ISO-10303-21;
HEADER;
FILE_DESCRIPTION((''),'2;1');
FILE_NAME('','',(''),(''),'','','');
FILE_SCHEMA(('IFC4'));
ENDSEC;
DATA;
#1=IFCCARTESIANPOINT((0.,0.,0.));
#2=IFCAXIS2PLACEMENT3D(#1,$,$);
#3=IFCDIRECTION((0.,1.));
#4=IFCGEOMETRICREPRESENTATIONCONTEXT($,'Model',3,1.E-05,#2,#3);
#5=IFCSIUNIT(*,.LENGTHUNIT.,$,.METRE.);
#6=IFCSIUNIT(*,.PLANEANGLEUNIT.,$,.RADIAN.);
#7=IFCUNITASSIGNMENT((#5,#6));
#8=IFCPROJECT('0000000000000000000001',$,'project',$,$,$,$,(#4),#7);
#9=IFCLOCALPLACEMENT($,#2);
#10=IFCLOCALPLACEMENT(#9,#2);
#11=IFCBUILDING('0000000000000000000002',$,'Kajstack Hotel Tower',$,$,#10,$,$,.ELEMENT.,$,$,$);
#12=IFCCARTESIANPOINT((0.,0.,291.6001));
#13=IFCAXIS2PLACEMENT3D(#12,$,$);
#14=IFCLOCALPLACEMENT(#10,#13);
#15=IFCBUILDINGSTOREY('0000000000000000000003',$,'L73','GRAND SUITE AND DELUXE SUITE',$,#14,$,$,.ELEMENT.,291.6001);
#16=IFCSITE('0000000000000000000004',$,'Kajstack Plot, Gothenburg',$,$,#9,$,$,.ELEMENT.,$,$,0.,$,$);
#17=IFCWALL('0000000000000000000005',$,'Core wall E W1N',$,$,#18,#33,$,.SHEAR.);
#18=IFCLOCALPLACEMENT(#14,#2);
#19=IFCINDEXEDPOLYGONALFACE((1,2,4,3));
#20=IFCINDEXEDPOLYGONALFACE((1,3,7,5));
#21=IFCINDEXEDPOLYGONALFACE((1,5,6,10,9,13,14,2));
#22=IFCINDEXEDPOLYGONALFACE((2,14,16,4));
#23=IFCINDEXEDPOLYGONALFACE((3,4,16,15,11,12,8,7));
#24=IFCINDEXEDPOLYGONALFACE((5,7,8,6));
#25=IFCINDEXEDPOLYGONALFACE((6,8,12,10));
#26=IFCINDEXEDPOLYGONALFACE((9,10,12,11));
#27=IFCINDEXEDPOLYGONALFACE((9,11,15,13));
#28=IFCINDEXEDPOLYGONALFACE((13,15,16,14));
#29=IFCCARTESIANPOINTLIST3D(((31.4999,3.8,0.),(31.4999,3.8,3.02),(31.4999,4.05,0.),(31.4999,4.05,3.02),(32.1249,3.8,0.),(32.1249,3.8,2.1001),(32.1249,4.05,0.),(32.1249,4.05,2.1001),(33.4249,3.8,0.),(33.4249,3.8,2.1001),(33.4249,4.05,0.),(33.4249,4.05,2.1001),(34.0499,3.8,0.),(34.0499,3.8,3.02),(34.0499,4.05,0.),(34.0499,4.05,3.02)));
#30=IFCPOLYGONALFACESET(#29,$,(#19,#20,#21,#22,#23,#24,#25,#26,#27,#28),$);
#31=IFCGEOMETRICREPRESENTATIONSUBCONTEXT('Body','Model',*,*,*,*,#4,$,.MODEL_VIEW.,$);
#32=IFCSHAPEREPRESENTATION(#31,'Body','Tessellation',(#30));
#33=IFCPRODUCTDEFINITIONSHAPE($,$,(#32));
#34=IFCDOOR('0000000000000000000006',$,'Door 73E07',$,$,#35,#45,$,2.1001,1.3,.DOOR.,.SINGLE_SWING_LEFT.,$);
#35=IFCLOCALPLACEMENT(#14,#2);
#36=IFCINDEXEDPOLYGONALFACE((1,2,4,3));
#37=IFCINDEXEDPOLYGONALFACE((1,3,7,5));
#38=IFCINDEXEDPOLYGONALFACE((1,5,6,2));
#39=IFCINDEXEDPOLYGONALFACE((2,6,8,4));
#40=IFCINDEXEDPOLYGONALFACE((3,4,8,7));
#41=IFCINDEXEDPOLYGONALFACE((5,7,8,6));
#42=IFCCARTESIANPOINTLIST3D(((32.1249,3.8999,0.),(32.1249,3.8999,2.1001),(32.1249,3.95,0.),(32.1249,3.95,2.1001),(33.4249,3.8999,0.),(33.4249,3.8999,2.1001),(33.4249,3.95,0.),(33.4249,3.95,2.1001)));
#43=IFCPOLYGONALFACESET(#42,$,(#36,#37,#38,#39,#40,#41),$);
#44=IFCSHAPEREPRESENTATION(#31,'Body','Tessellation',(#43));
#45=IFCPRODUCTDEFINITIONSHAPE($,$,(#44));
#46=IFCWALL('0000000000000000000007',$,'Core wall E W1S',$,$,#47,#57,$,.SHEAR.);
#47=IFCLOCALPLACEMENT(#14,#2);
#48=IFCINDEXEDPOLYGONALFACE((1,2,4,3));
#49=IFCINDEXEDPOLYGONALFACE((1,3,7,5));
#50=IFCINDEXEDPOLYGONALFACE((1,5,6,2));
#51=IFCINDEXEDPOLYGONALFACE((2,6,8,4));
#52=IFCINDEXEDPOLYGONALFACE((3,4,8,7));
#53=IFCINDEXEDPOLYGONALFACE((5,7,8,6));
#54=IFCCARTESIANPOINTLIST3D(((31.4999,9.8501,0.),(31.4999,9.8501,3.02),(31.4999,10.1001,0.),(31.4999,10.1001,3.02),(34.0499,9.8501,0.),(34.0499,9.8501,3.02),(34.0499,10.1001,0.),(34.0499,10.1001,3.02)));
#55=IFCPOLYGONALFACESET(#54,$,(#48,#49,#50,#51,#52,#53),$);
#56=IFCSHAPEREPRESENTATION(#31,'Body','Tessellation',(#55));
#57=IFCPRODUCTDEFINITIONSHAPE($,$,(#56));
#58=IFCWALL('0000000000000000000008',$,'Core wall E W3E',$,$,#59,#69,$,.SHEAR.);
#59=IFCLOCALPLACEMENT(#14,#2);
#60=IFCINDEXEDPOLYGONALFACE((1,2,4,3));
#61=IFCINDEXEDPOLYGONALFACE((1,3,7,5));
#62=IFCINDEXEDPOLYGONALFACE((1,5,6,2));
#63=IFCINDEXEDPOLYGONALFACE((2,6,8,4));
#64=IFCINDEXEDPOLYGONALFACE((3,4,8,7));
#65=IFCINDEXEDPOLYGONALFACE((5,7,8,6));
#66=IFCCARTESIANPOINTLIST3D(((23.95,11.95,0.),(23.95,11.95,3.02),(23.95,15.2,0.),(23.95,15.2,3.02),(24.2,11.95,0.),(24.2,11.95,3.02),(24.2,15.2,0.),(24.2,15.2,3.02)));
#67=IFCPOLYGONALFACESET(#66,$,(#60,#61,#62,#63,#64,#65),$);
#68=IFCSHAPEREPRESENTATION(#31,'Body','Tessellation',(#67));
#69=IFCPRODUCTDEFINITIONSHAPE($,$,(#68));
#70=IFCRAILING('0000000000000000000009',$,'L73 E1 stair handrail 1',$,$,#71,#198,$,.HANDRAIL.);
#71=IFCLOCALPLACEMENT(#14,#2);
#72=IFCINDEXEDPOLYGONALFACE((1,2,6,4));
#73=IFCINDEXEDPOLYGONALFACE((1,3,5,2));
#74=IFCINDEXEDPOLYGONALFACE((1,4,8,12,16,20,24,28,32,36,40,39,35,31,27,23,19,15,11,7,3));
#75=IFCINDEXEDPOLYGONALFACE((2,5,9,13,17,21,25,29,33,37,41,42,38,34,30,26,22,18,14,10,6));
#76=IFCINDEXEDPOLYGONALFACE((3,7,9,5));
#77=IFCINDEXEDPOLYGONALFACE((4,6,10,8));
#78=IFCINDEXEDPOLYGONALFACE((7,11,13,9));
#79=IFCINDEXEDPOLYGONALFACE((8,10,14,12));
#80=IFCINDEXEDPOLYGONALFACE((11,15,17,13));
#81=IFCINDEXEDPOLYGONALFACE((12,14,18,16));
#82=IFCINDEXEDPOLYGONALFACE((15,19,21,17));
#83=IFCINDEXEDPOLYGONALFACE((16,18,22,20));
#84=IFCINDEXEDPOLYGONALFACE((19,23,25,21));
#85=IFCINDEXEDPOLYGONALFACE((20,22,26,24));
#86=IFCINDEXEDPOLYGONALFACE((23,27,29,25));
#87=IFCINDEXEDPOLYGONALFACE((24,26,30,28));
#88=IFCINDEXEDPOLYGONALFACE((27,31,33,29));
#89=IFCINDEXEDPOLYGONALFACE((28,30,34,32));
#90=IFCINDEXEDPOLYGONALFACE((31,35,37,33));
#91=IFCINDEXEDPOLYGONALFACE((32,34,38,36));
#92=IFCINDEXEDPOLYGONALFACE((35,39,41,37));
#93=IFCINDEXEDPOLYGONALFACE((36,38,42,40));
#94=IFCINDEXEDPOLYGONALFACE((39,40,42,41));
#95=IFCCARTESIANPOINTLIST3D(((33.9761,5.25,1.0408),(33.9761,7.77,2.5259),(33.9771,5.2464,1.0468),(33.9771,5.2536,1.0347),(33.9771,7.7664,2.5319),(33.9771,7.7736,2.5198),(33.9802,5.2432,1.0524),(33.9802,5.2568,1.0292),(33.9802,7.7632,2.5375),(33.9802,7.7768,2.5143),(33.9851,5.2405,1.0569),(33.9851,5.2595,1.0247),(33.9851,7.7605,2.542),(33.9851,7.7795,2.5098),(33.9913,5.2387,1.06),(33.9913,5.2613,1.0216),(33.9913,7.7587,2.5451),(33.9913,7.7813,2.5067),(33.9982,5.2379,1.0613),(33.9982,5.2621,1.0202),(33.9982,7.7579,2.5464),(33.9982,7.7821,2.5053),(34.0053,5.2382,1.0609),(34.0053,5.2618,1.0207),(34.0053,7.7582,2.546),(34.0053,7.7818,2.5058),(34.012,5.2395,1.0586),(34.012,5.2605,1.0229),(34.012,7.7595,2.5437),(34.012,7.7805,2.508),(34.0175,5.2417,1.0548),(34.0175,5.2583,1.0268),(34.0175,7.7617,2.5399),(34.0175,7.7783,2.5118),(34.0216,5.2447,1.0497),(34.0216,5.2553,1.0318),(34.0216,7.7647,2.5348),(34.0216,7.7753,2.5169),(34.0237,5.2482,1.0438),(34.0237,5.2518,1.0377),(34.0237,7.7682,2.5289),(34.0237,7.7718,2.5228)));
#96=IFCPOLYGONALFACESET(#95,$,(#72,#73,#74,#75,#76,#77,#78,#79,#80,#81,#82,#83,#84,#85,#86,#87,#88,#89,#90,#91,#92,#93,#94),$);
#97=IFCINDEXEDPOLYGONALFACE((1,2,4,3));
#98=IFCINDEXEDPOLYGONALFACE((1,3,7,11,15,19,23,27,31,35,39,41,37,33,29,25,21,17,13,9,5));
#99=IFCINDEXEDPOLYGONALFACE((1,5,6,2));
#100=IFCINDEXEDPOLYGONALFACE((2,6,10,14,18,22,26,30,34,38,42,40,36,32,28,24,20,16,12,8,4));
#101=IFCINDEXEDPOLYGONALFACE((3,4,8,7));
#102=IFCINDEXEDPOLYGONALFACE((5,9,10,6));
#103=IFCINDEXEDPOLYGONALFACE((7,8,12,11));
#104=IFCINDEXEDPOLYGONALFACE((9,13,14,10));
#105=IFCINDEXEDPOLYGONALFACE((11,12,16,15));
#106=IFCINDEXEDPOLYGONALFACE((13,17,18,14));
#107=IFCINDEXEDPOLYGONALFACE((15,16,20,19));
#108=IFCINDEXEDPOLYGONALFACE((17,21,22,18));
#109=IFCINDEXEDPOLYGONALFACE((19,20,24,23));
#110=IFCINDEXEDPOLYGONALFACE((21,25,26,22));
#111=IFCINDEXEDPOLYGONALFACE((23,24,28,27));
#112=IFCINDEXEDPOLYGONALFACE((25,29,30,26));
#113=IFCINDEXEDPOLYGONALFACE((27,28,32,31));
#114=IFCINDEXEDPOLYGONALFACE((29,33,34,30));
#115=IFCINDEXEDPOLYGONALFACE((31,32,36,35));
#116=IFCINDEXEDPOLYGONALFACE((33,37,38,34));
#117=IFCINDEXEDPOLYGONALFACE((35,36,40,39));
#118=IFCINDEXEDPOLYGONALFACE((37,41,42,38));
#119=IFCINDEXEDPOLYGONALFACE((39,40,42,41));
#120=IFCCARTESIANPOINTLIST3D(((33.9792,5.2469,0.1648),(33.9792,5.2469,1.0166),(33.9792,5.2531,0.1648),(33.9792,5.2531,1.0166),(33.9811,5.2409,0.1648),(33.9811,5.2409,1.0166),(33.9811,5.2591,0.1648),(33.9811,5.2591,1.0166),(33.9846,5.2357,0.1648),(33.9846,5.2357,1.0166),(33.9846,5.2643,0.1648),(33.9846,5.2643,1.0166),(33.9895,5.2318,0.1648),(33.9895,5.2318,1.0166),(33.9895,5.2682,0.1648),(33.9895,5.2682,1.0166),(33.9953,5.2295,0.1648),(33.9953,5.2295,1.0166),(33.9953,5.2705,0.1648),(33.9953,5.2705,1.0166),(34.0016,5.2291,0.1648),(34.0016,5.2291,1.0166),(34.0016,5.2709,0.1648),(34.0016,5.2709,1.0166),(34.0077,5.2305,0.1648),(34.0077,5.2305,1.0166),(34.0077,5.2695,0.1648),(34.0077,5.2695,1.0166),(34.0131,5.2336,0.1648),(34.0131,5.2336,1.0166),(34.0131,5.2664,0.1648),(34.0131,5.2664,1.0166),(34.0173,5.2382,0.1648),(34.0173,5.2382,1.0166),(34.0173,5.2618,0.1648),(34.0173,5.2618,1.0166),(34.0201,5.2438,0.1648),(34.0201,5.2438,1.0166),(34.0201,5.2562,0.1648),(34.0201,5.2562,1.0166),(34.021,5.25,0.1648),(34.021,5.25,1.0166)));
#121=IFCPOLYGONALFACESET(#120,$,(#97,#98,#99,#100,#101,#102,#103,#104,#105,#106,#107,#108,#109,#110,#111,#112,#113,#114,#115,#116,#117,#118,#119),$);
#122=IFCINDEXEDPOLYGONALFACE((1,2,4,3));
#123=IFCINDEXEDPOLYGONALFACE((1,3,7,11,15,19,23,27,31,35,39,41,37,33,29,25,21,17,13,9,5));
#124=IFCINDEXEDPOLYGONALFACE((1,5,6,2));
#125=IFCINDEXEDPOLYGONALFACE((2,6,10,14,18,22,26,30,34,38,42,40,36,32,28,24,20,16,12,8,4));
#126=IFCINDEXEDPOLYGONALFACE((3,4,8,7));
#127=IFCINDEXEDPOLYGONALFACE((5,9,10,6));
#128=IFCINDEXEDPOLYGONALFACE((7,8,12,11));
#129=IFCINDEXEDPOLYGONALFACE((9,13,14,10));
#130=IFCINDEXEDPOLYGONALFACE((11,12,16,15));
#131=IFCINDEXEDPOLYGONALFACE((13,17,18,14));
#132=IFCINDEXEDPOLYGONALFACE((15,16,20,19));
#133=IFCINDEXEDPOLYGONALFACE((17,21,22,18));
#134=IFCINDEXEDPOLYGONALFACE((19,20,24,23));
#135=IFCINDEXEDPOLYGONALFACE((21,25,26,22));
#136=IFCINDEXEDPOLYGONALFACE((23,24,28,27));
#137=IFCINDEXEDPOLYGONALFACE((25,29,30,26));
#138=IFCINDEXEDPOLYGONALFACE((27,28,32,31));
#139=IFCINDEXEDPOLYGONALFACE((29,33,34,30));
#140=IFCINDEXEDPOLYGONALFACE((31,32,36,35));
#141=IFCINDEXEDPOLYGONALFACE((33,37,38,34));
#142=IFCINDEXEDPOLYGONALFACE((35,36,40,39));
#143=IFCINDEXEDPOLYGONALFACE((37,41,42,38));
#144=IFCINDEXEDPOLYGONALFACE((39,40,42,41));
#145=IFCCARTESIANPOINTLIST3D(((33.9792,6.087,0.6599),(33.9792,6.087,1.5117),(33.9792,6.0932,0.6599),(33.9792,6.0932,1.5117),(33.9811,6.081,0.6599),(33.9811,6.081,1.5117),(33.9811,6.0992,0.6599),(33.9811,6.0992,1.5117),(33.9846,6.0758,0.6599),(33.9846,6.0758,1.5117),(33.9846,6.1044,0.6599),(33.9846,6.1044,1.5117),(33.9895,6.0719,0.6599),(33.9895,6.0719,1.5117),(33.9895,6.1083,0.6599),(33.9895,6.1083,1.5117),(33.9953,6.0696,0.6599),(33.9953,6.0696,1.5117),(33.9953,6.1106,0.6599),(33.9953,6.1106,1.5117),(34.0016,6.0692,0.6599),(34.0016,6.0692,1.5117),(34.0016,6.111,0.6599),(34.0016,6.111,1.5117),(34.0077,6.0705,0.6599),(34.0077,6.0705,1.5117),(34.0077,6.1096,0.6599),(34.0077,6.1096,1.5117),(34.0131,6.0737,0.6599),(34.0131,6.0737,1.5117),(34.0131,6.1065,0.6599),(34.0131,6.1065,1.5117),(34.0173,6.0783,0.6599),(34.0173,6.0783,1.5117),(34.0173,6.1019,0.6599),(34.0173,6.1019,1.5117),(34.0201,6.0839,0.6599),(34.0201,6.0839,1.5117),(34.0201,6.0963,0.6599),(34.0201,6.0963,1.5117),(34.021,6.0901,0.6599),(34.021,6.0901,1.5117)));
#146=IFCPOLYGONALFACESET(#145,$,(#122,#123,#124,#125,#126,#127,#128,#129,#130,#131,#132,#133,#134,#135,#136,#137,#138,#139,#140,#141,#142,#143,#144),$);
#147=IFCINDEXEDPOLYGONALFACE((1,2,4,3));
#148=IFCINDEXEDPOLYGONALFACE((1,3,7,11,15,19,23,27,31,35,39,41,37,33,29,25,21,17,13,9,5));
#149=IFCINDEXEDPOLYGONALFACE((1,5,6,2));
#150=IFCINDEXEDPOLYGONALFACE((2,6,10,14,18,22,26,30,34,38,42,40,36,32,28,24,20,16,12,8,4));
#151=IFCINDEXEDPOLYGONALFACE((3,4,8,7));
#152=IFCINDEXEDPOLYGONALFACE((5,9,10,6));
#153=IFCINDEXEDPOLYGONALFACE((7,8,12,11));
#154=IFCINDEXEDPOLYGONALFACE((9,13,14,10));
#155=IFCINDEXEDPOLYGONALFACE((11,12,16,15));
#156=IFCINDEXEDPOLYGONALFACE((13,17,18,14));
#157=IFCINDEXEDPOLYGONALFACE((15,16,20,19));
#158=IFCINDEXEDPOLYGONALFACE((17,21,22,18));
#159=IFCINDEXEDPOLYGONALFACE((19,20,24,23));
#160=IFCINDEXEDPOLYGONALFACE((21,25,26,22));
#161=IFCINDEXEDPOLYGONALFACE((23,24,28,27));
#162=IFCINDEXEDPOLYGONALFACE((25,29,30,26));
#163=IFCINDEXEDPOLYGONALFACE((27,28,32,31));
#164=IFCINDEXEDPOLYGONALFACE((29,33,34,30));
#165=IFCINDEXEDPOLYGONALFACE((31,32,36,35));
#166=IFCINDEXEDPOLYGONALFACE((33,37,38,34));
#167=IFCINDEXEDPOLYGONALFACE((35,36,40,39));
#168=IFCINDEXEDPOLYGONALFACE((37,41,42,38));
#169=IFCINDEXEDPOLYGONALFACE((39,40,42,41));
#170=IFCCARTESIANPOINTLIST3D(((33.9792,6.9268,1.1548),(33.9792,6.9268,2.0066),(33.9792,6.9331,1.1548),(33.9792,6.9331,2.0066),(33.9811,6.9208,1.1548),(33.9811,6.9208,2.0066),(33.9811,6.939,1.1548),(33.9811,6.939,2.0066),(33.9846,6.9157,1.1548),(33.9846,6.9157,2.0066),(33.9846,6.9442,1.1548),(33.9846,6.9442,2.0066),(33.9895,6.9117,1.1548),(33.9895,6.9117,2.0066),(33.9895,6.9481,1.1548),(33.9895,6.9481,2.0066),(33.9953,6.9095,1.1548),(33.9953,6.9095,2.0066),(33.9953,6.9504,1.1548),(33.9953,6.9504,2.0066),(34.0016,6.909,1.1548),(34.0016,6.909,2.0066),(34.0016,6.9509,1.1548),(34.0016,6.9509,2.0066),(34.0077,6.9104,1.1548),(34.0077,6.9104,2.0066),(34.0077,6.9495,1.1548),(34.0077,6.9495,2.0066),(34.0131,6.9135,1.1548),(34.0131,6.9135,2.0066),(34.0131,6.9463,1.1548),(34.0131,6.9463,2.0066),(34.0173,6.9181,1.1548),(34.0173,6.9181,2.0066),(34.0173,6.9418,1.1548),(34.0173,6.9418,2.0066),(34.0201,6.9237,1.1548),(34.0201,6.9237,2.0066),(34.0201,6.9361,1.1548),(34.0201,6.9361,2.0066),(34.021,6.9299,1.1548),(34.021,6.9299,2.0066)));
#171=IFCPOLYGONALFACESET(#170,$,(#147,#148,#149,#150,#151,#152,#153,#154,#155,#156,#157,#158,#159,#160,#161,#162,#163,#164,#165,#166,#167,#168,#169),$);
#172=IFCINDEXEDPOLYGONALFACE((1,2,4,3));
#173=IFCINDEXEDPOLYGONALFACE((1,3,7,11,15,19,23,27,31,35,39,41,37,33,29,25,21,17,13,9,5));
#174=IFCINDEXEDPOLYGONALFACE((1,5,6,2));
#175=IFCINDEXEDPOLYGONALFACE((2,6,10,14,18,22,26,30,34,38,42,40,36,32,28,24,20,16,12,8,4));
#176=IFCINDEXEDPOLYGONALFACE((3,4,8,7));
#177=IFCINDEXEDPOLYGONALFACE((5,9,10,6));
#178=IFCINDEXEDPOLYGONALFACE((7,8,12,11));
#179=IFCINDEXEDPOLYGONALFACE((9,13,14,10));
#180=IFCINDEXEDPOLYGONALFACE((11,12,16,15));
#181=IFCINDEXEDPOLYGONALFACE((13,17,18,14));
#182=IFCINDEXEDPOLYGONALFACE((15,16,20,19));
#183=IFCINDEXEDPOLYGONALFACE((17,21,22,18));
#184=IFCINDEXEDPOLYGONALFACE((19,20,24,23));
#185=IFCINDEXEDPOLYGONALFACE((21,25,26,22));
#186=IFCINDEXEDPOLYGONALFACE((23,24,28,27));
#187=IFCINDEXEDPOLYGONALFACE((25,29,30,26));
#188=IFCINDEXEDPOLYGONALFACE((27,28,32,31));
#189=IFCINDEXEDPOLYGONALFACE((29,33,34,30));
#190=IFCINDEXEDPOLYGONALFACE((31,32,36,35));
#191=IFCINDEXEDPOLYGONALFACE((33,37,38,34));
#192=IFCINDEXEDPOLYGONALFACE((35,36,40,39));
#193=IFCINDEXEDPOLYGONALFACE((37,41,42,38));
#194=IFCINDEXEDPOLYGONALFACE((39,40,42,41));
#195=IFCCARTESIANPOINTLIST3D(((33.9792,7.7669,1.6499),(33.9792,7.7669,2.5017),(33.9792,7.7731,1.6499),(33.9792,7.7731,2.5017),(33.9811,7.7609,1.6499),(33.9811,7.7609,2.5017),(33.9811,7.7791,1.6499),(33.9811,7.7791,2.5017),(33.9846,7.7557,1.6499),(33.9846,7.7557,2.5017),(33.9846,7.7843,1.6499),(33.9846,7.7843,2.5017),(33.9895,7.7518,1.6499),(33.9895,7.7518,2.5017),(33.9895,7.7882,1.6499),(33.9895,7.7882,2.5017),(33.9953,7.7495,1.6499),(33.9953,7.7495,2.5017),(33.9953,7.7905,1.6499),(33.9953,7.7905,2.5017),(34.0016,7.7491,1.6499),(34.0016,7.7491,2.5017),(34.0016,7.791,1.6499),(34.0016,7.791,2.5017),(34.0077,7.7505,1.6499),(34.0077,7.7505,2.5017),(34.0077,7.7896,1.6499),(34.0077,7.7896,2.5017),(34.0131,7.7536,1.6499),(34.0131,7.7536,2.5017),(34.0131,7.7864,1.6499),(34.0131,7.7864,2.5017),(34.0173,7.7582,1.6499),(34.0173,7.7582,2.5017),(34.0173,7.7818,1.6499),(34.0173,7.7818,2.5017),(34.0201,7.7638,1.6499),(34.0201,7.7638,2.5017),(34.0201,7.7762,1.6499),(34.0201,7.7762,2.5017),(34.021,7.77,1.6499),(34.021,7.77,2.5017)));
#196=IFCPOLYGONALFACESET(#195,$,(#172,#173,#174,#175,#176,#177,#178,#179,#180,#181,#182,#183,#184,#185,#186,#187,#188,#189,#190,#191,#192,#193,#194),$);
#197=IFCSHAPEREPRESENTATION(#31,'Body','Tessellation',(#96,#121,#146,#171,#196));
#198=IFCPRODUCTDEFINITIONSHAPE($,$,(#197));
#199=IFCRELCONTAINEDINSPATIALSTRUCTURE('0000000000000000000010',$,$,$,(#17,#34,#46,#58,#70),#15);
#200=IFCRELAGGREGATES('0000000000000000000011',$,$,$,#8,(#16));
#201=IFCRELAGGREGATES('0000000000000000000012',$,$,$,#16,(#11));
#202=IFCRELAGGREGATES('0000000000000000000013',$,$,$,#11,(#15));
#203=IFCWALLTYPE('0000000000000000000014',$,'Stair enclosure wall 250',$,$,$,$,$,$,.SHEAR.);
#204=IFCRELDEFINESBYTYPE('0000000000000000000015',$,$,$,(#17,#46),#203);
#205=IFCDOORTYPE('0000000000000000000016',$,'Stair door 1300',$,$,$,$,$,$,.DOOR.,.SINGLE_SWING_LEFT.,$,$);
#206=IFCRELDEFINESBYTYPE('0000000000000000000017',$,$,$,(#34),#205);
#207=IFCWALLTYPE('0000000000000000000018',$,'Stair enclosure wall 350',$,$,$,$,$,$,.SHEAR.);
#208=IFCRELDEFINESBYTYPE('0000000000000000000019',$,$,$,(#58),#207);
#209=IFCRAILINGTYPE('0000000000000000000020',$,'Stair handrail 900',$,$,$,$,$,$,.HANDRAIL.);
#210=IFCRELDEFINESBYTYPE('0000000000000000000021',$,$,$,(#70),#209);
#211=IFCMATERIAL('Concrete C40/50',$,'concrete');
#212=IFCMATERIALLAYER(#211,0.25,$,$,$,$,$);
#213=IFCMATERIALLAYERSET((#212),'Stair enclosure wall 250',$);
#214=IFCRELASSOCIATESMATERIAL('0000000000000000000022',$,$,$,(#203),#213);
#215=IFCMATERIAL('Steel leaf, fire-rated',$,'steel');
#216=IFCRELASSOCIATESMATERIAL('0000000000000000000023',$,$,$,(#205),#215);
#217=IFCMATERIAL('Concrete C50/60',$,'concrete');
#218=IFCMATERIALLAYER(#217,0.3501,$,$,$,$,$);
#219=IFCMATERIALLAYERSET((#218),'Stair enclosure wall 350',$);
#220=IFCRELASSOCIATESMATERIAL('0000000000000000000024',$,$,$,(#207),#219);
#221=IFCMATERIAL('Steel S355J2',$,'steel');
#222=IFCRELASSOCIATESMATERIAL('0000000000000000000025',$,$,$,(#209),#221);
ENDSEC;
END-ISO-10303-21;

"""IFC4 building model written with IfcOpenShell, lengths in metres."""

from ifc_helpers import new_model, si_unit, direction, frame, frame_2d, origin, origin_2d, place, context, subcontext, project, spatial, rectangle, circle, extrude, material, layer, layer_set, type_object, element, fill, save


model = new_model("IFC4")

# Units and contexts
model_context = context("Model", 3, precision=1e-05, world=origin(), true_north=direction((0.0, 1.0)))
body_context = subcontext(model_context, "Body", "Model", "MODEL_VIEW")
ifc_project = project(units=[si_unit("LENGTHUNIT", "METRE"), si_unit("PLANEANGLEUNIT", "RADIAN")], contexts=[model_context])

# Site, building, storey
site_placement = place(None, origin())
site = spatial("IfcSite", under=ifc_project, at=site_placement, Name="Kajstack Plot, Gothenburg", CompositionType="ELEMENT", RefElevation=0.0)
building_placement = place(site_placement, origin())
building = spatial("IfcBuilding", under=site, at=building_placement, Name="Kajstack Hotel Tower", CompositionType="ELEMENT")
storey_placement = place(building_placement, frame((0.0, 0.0, 291.6001)))
storey = spatial("IfcBuildingStorey", under=building, at=storey_placement, Name="L73", Description="GRAND SUITE AND DELUXE SUITE", CompositionType="ELEMENT", Elevation=291.6001)

# Shared definitions
ifc_material_1 = material(Name="Concrete C40/50", Category="concrete")

# Wall, opening, door
ifc_layer_1 = layer(ifc_material_1, 0.25)
ifc_layer_set_1 = layer_set([ifc_layer_1], Name="Stair enclosure wall 250")
wall_type_1 = type_object("IfcWallType", Name="Stair enclosure wall 250", PredefinedType="SHEAR", material=ifc_layer_set_1)
wall_1_placement = place(storey_placement, frame((31.5, 3.925, 0.0), z_axis=(0.0, 0.0, 1.0), x_axis=(1.0, 0.0, 0.0)))
wall_1 = element("IfcWall", 1, at=wall_1_placement, inside=storey, type_object=wall_type_1, Name="Core wall E W1N", PredefinedType="SHEAR", context=body_context, shape_type="SweptSolid", body=[
    extrude(rectangle(XDim=2.55, YDim=0.25, at=frame_2d((1.2749, 0.0))), origin(), (0.0, 0.0, 1.0), 3.02),
])
opening_1_placement = place(wall_1_placement, frame((0.625, 0.0, 0.0)))
opening_1 = element("IfcOpeningElement", 2, at=opening_1_placement, cuts=wall_1, PredefinedType="OPENING", context=body_context, shape_type="SweptSolid", body=[
    extrude(rectangle(XDim=1.3, YDim=2.1001, at=frame_2d((0.6499, 1.05))), frame((0.0, 0.135, 0.0), z_axis=(0.0, -1.0, 0.0), x_axis=(1.0, 0.0, 0.0)), (0.0, 0.0, 1.0), 0.27),
])
ifc_material_2 = material(Name="Steel leaf, fire-rated", Category="steel")
door_type_1 = type_object("IfcDoorType", Name="Stair door 1300", OperationType="SINGLE_SWING_LEFT", PredefinedType="DOOR", material=ifc_material_2)
door_1_placement = place(opening_1_placement, origin())
door_1 = element("IfcDoor", 3, at=door_1_placement, inside=storey, type_object=door_type_1, Name="Door 73E07", OperationType="SINGLE_SWING_LEFT", OverallHeight=2.1001, OverallWidth=1.3, PredefinedType="DOOR", context=body_context, shape_type="SweptSolid", body=[
    extrude(rectangle(XDim=1.3, YDim=2.1001, at=frame_2d((0.6499, 1.05))), frame((0.0, 0.0249, 0.0), z_axis=(0.0, -1.0, 0.0), x_axis=(1.0, 0.0, 0.0)), (0.0, 0.0, 1.0), 0.05),
])
fill(opening_1, door_1)

# Walls
wall_2_placement = place(storey_placement, frame((31.5, 9.9751, 0.0), z_axis=(0.0, 0.0, 1.0), x_axis=(1.0, 0.0, 0.0)))
element("IfcWall", 4, at=wall_2_placement, inside=storey, type_object=wall_type_1, Name="Core wall E W1S", PredefinedType="SHEAR", context=body_context, shape_type="SweptSolid", body=[
    extrude(rectangle(XDim=2.55, YDim=0.25, at=frame_2d((1.2749, 0.0))), origin(), (0.0, 0.0, 1.0), 3.02),
])
ifc_material_3 = material(Name="Concrete C50/60", Category="concrete")
ifc_layer_2 = layer(ifc_material_3, 0.3501)
ifc_layer_set_2 = layer_set([ifc_layer_2], Name="Stair enclosure wall 350")
wall_type_2 = type_object("IfcWallType", Name="Stair enclosure wall 350", PredefinedType="SHEAR", material=ifc_layer_set_2)
wall_3_placement = place(storey_placement, frame((24.075, 11.95, 0.0), z_axis=(0.0, 0.0, 1.0), x_axis=(0.0, 1.0, 0.0)))
element("IfcWall", 5, at=wall_3_placement, inside=storey, type_object=wall_type_2, Name="Core wall E W3E", PredefinedType="SHEAR", context=body_context, shape_type="SweptSolid", body=[
    extrude(rectangle(XDim=3.25, YDim=0.25, at=frame_2d((1.625, 0.0))), origin(), (0.0, 0.0, 1.0), 3.02),
])

# Railing
ifc_material_4 = material(Name="Steel S355J2", Category="steel")
railing_type_1 = type_object("IfcRailingType", Name="Stair handrail 900", PredefinedType="HANDRAIL", material=ifc_material_4)
railing_1_placement = place(storey_placement, frame((34.0, 5.25, 0.1648)))
element("IfcRailing", 6, at=railing_1_placement, inside=storey, type_object=railing_type_1, Name="L73 E1 stair handrail 1", PredefinedType="HANDRAIL", context=body_context, shape_type="SweptSolid", body=[
    extrude(circle(Radius=0.0239, at=origin_2d()), frame((0.0, 0.0, 0.876), z_axis=(0.0, 0.861524, 0.507717), x_axis=(-1.0, 0.0, 0.0)), (0.0, 0.0, 1.0), 2.925),
    extrude(circle(Radius=0.021, at=origin_2d()), origin(), (0.0, 0.0, 1.0), 0.8518),
    extrude(circle(Radius=0.021, at=origin_2d()), frame((0.0, 0.8401, 0.4951)), (0.0, 0.0, 1.0), 0.8518),
    extrude(circle(Radius=0.021, at=origin_2d()), frame((0.0, 1.6799, 0.99)), (0.0, 0.0, 1.0), 0.8518),
    extrude(circle(Radius=0.021, at=origin_2d()), frame((0.0, 2.52, 1.4851)), (0.0, 0.0, 1.0), 0.8518),
])

save(model, "model.ifc")
